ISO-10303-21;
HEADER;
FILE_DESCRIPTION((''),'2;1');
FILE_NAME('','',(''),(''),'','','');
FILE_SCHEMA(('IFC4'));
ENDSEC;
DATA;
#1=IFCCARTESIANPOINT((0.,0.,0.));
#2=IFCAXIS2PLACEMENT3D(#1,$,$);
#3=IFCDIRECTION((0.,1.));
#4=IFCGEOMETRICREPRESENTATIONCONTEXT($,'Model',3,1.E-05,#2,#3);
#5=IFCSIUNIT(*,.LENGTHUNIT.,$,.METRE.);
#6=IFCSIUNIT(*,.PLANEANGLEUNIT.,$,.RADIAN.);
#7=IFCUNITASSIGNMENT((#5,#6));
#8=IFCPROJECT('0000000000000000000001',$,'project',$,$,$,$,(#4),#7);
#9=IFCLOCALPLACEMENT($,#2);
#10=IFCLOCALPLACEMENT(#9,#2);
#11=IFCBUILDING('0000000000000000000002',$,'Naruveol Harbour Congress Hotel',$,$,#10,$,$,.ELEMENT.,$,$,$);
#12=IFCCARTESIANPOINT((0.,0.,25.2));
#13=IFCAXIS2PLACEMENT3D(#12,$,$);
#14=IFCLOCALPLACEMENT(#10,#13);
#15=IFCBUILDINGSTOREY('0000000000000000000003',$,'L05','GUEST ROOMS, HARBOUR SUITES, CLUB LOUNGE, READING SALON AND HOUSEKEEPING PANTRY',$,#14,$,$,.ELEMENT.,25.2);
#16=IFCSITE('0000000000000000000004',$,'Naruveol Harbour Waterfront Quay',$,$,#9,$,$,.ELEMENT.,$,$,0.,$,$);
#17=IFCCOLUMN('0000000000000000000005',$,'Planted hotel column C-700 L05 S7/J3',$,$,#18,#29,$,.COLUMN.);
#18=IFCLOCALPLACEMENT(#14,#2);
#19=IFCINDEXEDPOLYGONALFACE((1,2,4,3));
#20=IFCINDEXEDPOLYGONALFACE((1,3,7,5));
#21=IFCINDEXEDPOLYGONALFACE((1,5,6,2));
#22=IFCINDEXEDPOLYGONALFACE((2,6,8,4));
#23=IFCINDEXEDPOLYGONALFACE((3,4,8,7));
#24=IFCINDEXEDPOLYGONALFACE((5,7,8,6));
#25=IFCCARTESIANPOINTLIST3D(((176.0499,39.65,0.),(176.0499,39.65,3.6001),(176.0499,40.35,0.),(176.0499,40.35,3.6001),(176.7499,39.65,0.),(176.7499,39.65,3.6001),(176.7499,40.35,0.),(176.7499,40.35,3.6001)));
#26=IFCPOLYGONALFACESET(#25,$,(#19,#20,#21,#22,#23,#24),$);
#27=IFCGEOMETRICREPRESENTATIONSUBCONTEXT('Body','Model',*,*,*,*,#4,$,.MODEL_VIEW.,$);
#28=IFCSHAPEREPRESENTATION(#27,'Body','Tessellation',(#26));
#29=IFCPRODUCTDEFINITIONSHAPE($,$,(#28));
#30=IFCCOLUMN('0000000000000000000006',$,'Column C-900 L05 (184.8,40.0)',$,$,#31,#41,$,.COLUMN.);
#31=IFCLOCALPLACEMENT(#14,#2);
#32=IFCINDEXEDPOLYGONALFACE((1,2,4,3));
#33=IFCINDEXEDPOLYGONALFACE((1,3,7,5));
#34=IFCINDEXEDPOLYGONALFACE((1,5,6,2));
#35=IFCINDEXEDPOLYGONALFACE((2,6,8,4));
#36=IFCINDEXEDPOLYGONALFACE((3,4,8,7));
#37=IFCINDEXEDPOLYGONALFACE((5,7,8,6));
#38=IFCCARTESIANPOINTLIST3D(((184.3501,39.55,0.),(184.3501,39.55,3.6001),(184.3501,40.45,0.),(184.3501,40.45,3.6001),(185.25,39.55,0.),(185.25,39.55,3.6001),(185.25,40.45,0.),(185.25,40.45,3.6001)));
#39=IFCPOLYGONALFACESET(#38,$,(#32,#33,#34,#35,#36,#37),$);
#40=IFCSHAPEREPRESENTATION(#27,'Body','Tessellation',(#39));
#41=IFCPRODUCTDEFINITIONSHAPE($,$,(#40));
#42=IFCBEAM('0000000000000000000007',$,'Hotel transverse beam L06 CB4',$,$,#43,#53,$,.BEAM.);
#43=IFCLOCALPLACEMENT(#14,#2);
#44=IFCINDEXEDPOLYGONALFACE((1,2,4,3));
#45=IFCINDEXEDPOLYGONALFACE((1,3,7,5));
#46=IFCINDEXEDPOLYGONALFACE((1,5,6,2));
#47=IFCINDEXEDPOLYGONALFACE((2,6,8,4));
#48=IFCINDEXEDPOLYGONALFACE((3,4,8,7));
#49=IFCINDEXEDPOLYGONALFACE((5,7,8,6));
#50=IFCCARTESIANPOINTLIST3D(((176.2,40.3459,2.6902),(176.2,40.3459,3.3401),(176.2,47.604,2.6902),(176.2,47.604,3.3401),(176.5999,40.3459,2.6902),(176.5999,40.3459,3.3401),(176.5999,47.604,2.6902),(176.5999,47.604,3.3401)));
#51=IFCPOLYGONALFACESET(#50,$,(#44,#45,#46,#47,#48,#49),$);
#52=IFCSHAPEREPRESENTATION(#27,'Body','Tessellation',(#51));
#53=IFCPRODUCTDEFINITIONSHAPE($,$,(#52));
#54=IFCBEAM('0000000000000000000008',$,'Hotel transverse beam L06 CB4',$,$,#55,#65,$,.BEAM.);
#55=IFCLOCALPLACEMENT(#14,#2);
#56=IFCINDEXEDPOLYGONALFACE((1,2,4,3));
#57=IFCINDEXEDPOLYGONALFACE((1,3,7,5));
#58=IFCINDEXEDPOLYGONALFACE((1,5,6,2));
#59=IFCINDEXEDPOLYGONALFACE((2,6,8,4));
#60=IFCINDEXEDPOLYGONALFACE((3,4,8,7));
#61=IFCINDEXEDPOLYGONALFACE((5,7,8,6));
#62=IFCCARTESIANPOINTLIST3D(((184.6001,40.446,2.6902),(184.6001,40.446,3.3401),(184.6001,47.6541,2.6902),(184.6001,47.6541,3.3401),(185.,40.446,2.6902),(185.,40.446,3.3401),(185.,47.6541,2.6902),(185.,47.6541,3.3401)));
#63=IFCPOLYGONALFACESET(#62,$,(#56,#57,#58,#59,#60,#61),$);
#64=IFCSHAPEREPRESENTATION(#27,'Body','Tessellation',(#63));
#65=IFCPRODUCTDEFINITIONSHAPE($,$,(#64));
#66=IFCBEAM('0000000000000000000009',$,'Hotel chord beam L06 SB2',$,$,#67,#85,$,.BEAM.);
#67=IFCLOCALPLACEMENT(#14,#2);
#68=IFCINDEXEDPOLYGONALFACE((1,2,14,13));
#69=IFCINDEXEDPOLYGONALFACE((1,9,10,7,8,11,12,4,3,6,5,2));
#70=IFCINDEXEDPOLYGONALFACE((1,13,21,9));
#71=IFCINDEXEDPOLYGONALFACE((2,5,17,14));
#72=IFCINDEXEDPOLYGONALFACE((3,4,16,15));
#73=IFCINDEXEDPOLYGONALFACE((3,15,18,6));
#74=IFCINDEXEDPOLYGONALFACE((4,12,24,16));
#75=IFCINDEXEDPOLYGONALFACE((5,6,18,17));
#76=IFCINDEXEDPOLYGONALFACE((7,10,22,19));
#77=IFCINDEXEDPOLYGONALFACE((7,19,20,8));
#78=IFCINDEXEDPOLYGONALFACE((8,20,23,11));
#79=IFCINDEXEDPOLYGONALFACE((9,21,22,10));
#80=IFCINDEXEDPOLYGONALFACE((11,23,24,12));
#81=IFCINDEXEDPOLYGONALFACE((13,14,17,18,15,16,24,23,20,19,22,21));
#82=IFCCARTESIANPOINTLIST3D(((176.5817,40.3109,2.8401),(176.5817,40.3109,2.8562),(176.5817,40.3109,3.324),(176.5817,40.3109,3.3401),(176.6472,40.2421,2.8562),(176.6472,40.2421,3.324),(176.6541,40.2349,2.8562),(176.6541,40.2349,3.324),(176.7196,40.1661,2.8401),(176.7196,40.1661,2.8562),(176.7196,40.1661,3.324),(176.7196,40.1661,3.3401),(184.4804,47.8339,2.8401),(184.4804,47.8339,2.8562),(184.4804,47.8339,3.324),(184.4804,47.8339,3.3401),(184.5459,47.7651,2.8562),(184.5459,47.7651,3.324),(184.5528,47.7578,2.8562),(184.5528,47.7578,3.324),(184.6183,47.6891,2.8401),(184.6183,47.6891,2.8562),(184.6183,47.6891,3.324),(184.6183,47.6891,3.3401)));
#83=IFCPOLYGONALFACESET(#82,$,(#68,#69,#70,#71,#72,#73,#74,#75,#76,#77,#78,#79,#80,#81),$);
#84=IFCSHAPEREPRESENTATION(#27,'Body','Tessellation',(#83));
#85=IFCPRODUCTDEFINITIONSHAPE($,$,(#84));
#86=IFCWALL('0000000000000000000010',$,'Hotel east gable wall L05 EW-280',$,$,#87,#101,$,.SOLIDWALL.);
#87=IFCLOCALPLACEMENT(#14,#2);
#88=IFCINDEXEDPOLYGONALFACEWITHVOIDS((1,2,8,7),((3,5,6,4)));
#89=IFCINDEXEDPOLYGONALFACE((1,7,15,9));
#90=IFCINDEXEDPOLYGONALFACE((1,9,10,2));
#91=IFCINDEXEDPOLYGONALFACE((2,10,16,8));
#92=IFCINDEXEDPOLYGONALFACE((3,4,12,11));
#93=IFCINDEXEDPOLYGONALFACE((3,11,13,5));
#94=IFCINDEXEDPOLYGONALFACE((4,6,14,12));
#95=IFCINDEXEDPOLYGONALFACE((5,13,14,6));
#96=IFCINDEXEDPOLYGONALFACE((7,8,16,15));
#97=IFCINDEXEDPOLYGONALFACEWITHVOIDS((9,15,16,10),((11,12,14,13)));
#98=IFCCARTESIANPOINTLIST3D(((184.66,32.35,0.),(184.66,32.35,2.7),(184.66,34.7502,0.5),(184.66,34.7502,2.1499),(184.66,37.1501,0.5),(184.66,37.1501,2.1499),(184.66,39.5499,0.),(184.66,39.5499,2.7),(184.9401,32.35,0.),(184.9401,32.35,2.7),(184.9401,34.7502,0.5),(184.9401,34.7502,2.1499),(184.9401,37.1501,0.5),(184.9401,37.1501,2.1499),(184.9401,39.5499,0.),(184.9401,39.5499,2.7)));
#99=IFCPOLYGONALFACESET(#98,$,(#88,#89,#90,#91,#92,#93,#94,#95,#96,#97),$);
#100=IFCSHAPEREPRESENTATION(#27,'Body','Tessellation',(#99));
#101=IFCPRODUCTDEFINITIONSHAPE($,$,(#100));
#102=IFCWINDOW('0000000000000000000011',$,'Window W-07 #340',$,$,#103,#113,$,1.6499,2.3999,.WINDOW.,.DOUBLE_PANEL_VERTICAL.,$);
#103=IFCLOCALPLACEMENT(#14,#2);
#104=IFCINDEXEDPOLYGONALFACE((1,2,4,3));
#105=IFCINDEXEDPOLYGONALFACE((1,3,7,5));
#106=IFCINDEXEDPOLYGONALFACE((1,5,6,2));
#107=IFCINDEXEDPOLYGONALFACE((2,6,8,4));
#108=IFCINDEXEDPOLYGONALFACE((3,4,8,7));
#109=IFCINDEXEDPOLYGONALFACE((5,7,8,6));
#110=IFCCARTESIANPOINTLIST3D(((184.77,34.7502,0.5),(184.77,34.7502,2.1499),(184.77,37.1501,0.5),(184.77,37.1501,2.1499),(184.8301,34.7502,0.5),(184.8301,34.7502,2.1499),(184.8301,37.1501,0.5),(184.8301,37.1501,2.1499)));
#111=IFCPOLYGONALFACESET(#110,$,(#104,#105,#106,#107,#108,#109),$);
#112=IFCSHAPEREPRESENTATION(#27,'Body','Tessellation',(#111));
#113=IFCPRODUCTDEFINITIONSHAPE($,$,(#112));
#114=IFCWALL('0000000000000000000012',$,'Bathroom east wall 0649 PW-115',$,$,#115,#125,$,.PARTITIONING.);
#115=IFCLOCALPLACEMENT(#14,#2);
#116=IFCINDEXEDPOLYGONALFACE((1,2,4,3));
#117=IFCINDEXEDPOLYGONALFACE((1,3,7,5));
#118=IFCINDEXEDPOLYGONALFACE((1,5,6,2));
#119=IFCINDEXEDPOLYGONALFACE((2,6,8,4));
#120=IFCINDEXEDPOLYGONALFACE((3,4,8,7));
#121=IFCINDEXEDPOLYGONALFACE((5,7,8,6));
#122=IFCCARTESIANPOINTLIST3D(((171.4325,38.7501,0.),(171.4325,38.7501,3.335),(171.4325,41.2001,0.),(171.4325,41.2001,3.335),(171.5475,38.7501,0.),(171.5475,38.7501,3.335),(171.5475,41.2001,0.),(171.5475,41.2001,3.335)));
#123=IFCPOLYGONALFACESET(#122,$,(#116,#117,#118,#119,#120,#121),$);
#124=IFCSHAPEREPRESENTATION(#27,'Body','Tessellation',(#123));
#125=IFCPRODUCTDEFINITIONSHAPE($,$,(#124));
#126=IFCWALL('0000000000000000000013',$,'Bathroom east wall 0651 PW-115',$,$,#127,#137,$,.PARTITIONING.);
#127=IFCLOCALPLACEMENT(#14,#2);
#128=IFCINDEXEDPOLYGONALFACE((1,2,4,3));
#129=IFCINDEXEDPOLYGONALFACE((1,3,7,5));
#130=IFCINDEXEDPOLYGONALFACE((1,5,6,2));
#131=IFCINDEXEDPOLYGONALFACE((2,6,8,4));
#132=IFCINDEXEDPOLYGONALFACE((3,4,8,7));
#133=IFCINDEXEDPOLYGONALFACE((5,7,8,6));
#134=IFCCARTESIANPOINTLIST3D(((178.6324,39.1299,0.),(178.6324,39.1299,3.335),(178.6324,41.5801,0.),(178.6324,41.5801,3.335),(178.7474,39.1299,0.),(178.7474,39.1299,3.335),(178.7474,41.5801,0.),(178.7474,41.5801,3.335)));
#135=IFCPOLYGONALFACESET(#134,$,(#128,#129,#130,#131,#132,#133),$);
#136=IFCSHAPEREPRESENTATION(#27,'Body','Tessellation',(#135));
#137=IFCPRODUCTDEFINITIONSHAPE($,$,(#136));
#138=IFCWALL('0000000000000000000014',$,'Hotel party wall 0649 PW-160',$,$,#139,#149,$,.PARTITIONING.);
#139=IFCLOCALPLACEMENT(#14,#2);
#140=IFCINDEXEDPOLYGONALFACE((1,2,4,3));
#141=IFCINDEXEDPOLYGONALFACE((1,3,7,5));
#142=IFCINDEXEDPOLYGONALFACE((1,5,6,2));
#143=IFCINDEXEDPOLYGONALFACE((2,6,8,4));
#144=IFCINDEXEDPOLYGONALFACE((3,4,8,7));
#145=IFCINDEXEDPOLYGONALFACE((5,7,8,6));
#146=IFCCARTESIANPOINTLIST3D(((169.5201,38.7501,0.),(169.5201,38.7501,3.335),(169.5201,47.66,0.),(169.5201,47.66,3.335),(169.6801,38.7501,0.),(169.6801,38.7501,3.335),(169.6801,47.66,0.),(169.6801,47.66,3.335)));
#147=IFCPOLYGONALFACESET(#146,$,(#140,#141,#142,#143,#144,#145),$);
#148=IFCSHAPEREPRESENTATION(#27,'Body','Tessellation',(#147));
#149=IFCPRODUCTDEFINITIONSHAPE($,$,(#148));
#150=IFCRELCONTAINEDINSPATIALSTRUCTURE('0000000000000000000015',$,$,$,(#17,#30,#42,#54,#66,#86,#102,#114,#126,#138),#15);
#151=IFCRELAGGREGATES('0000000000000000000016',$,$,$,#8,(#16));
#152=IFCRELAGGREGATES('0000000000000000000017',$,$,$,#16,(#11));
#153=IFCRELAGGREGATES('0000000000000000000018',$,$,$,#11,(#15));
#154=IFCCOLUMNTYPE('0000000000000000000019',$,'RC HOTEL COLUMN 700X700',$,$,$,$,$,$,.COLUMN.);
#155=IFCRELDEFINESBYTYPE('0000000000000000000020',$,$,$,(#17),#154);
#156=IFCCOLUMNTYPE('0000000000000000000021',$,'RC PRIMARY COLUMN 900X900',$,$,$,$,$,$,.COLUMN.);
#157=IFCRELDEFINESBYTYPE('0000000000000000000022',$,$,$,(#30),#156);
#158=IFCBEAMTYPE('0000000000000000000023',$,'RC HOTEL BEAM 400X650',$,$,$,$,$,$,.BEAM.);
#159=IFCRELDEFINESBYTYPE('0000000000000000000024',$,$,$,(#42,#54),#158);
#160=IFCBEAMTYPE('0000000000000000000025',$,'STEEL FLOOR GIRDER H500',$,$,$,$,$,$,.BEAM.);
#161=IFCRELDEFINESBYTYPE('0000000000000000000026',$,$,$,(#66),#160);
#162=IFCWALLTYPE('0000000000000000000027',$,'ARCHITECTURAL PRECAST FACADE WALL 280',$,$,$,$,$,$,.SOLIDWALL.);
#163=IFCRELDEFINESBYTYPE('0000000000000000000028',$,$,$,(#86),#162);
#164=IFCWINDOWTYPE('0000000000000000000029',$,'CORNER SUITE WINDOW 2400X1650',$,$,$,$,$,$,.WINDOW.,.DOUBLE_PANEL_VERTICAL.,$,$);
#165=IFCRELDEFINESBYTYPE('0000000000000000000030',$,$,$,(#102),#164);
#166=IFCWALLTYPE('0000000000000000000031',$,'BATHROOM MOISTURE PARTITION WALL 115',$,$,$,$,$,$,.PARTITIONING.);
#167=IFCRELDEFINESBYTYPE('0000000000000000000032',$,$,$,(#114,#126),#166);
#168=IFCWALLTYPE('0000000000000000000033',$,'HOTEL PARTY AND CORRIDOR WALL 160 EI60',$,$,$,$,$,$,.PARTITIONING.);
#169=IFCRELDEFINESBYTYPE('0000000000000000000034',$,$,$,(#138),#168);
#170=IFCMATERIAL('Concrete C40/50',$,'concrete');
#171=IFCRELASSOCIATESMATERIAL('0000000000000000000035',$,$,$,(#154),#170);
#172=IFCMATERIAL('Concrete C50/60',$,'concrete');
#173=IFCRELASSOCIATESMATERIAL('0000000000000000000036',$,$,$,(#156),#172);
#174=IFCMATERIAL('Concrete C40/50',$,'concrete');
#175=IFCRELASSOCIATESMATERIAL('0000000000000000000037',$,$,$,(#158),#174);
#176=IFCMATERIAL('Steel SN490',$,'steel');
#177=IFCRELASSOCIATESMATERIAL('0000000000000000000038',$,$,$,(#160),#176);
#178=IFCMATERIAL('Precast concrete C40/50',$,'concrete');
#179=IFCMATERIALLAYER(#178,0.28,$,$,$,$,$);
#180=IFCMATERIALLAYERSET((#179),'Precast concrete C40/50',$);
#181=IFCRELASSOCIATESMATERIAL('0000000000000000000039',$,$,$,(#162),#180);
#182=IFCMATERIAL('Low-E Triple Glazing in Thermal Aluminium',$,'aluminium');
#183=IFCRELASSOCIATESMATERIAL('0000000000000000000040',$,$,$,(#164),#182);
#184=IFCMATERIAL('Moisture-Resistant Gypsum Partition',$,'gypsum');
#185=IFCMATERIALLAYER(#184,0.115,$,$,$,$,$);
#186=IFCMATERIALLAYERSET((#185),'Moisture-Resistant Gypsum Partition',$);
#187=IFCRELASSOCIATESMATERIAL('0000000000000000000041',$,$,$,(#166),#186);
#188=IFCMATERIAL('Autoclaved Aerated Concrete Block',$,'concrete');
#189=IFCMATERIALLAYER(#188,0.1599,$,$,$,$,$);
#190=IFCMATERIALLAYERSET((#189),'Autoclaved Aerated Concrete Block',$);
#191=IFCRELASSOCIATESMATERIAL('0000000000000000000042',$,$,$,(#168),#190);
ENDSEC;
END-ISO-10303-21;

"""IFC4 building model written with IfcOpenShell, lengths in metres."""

from ifc_helpers import new_model, si_unit, direction, frame, frame_2d, origin, origin_2d, place, context, subcontext, project, spatial, rectangle, i_section, extrude, material, layer, layer_set, material_profile, profile_set, type_object, element, fill, save


model = new_model("IFC4")

# Units and contexts
model_context = context("Model", 3, precision=1e-05, world=origin(), true_north=direction((0.0, 1.0)))
body_context = subcontext(model_context, "Body", "Model", "MODEL_VIEW")
ifc_project = project(units=[si_unit("LENGTHUNIT", "METRE"), si_unit("PLANEANGLEUNIT", "RADIAN")], contexts=[model_context])

# Site, building, storey
site_placement = place(None, origin())
site = spatial("IfcSite", under=ifc_project, at=site_placement, Name="Naruveol Harbour Waterfront Quay", CompositionType="ELEMENT", RefElevation=0.0)
building_placement = place(site_placement, origin())
building = spatial("IfcBuilding", under=site, at=building_placement, Name="Naruveol Harbour Congress Hotel", CompositionType="ELEMENT")
storey_placement = place(building_placement, frame((0.0, 0.0, 25.2)))
storey = spatial("IfcBuildingStorey", under=building, at=storey_placement, Name="L05", Description="GUEST ROOMS, HARBOUR SUITES, CLUB LOUNGE, READING SALON AND HOUSEKEEPING PANTRY", CompositionType="ELEMENT", Elevation=25.2)

# Columns
ifc_material_1 = material(Name="Concrete C40/50", Category="concrete")
ifc_material_profile_1 = material_profile(ifc_material_1, rectangle(XDim=0.7, YDim=0.7, at=origin_2d()), Name="RC-700x700")
ifc_profile_set_1 = profile_set([ifc_material_profile_1], Name="Concrete C40/50")
column_type_1 = type_object("IfcColumnType", Name="RC HOTEL COLUMN 700X700", PredefinedType="COLUMN", material=ifc_profile_set_1)
column_1_placement = place(storey_placement, frame((176.3999, 40.0, 0.0), z_axis=(0.0, 0.0, 1.0), x_axis=(1.0, 0.0, 0.0)))
element("IfcColumn", 1, at=column_1_placement, inside=storey, type_object=column_type_1, Name="Planted hotel column C-700 L05 S7/J3", PredefinedType="COLUMN", context=body_context, shape_type="SweptSolid", body=[
    extrude(rectangle(XDim=0.7, YDim=0.7, at=origin_2d()), origin(), (0.0, 0.0, 1.0), 3.6001),
])
ifc_material_2 = material(Name="Concrete C50/60", Category="concrete")
ifc_material_profile_2 = material_profile(ifc_material_2, rectangle(XDim=0.8999, YDim=0.8999, at=origin_2d()), Name="RC-900x900")
ifc_profile_set_2 = profile_set([ifc_material_profile_2], Name="Concrete C50/60")
column_type_2 = type_object("IfcColumnType", Name="RC PRIMARY COLUMN 900X900", PredefinedType="COLUMN", material=ifc_profile_set_2)
column_2_placement = place(storey_placement, frame((184.8, 40.0, 0.0), z_axis=(0.0, 0.0, 1.0), x_axis=(1.0, 0.0, 0.0)))
element("IfcColumn", 2, at=column_2_placement, inside=storey, type_object=column_type_2, Name="Column C-900 L05 (184.8,40.0)", PredefinedType="COLUMN", context=body_context, shape_type="SweptSolid", body=[
    extrude(rectangle(XDim=0.8999, YDim=0.8999, at=origin_2d()), origin(), (0.0, 0.0, 1.0), 3.6001),
])

# Beams
ifc_material_3 = material(Name="Concrete C40/50", Category="concrete")
ifc_material_profile_3 = material_profile(ifc_material_3, rectangle(XDim=0.3999, YDim=0.6499, at=origin_2d()), Name="RCB-400x650")
ifc_profile_set_3 = profile_set([ifc_material_profile_3], Name="Concrete C40/50")
beam_type_1 = type_object("IfcBeamType", Name="RC HOTEL BEAM 400X650", PredefinedType="BEAM", material=ifc_profile_set_3)
beam_1_placement = place(storey_placement, frame((176.3999, 40.3459, 3.0151), z_axis=(0.0, 1.0, 0.0), x_axis=(-1.0, 0.0, 0.0)))
element("IfcBeam", 3, at=beam_1_placement, inside=storey, type_object=beam_type_1, Name="Hotel transverse beam L06 CB4", PredefinedType="BEAM", context=body_context, shape_type="SweptSolid", body=[
    extrude(rectangle(XDim=0.3999, YDim=0.6499, at=origin_2d()), origin(), (0.0, 0.0, 1.0), 7.2581),
])
beam_2_placement = place(storey_placement, frame((184.8, 40.446, 3.0151), z_axis=(0.0, 1.0, 0.0), x_axis=(-1.0, 0.0, 0.0)))
element("IfcBeam", 4, at=beam_2_placement, inside=storey, type_object=beam_type_1, Name="Hotel transverse beam L06 CB4", PredefinedType="BEAM", context=body_context, shape_type="SweptSolid", body=[
    extrude(rectangle(XDim=0.3999, YDim=0.6499, at=origin_2d()), origin(), (0.0, 0.0, 1.0), 7.208),
])
ifc_material_4 = material(Name="Steel SN490", Category="steel")
ifc_material_profile_4 = material_profile(ifc_material_4, i_section(OverallWidth=0.2, OverallDepth=0.5, WebThickness=0.01, FlangeThickness=0.0161, at=origin_2d()), Name="H-500x200x10x16")
ifc_profile_set_4 = profile_set([ifc_material_profile_4], Name="Steel SN490")
beam_type_2 = type_object("IfcBeamType", Name="STEEL FLOOR GIRDER H500", PredefinedType="BEAM", material=ifc_profile_set_4)
beam_3_placement = place(storey_placement, frame((176.6506, 40.2385, 3.0901), z_axis=(0.72412, 0.689674, 0.0), x_axis=(-0.689674, 0.72412, 0.0)))
element("IfcBeam", 5, at=beam_3_placement, inside=storey, type_object=beam_type_2, Name="Hotel chord beam L06 SB2", PredefinedType="BEAM", context=body_context, shape_type="SweptSolid", body=[
    extrude(i_section(OverallWidth=0.2, OverallDepth=0.5, WebThickness=0.01, FlangeThickness=0.0161, at=origin_2d()), origin(), (0.0, 0.0, 1.0), 10.908),
])

# Wall, opening, window
ifc_material_5 = material(Name="Precast concrete C40/50", Category="concrete")
ifc_layer_1 = layer(ifc_material_5, 0.28)
ifc_layer_set_1 = layer_set([ifc_layer_1], Name="Precast concrete C40/50")
wall_type_1 = type_object("IfcWallType", Name="ARCHITECTURAL PRECAST FACADE WALL 280", PredefinedType="SOLIDWALL", material=ifc_layer_set_1)
wall_1_placement = place(storey_placement, frame((184.8, 39.55, 0.0), z_axis=(0.0, 0.0, 1.0), x_axis=(0.0, -1.0, 0.0)))
wall_1 = element("IfcWall", 6, at=wall_1_placement, inside=storey, type_object=wall_type_1, Name="Hotel east gable wall L05 EW-280", PredefinedType="SOLIDWALL", context=body_context, shape_type="SweptSolid", body=[
    extrude(rectangle(XDim=7.2, YDim=0.28, at=frame_2d((3.6001, 0.0))), origin(), (0.0, 0.0, 1.0), 2.7),
])
opening_1_placement = place(wall_1_placement, frame((2.3999, 0.0, 0.5)))
opening_1 = element("IfcOpeningElement", 7, at=opening_1_placement, cuts=wall_1, PredefinedType="OPENING", context=body_context, shape_type="SweptSolid", body=[
    extrude(rectangle(XDim=2.3999, YDim=1.6499, at=frame_2d((1.2, 0.825))), frame((0.0, 0.1499, 0.0), z_axis=(0.0, -1.0, 0.0), x_axis=(1.0, 0.0, 0.0)), (0.0, 0.0, 1.0), 0.3),
])
ifc_material_6 = material(Name="Low-E Triple Glazing in Thermal Aluminium", Category="aluminium")
window_type = type_object("IfcWindowType", Name="CORNER SUITE WINDOW 2400X1650", PartitioningType="DOUBLE_PANEL_VERTICAL", PredefinedType="WINDOW", material=ifc_material_6)
window_placement = place(opening_1_placement, origin())
window = element("IfcWindow", 8, at=window_placement, inside=storey, type_object=window_type, Name="Window W-07 #340", OverallHeight=1.6499, OverallWidth=2.3999, PartitioningType="DOUBLE_PANEL_VERTICAL", PredefinedType="WINDOW", context=body_context, shape_type="SweptSolid", body=[
    extrude(rectangle(XDim=2.3999, YDim=1.6499, at=frame_2d((1.2, 0.825))), frame((0.0, 0.03, 0.0), z_axis=(0.0, -1.0, 0.0), x_axis=(1.0, 0.0, 0.0)), (0.0, 0.0, 1.0), 0.0601),
])
fill(opening_1, window)

# Wall
ifc_material_7 = material(Name="Moisture-Resistant Gypsum Partition", Category="gypsum")
ifc_layer_2 = layer(ifc_material_7, 0.115)
ifc_layer_set_2 = layer_set([ifc_layer_2], Name="Moisture-Resistant Gypsum Partition")
wall_type_2 = type_object("IfcWallType", Name="BATHROOM MOISTURE PARTITION WALL 115", PredefinedType="PARTITIONING", material=ifc_layer_set_2)
wall_2_placement = place(storey_placement, frame((171.49, 38.75, 0.0), z_axis=(0.0, 0.0, 1.0), x_axis=(0.0, 1.0, 0.0)))
element("IfcWall", 9, at=wall_2_placement, inside=storey, type_object=wall_type_2, Name="Bathroom east wall 0649 PW-115", PredefinedType="PARTITIONING", context=body_context, shape_type="SweptSolid", body=[
    extrude(rectangle(XDim=2.45, YDim=0.115, at=frame_2d((1.2251, 0.0))), origin(), (0.0, 0.0, 1.0), 3.335),
])

# Walls
wall_3_placement = place(storey_placement, frame((178.6899, 39.1299, 0.0), z_axis=(0.0, 0.0, 1.0), x_axis=(0.0, 1.0, 0.0)))
element("IfcWall", 10, at=wall_3_placement, inside=storey, type_object=wall_type_2, Name="Bathroom east wall 0651 PW-115", PredefinedType="PARTITIONING", context=body_context, shape_type="SweptSolid", body=[
    extrude(rectangle(XDim=2.4502, YDim=0.115, at=frame_2d((1.2251, 0.0))), origin(), (0.0, 0.0, 1.0), 3.335),
])
ifc_material_8 = material(Name="Autoclaved Aerated Concrete Block", Category="concrete")
ifc_layer_3 = layer(ifc_material_8, 0.1599)
ifc_layer_set_3 = layer_set([ifc_layer_3], Name="Autoclaved Aerated Concrete Block")
wall_type_3 = type_object("IfcWallType", Name="HOTEL PARTY AND CORRIDOR WALL 160 EI60", PredefinedType="PARTITIONING", material=ifc_layer_set_3)
wall_4_placement = place(storey_placement, frame((169.6001, 38.75, 0.0), z_axis=(0.0, 0.0, 1.0), x_axis=(0.0, 1.0, 0.0)))
element("IfcWall", 11, at=wall_4_placement, inside=storey, type_object=wall_type_3, Name="Hotel party wall 0649 PW-160", PredefinedType="PARTITIONING", context=body_context, shape_type="SweptSolid", body=[
    extrude(rectangle(XDim=8.9099, YDim=0.1599, at=frame_2d((4.4551, 0.0))), origin(), (0.0, 0.0, 1.0), 3.335),
])

save(model, "model.ifc")
